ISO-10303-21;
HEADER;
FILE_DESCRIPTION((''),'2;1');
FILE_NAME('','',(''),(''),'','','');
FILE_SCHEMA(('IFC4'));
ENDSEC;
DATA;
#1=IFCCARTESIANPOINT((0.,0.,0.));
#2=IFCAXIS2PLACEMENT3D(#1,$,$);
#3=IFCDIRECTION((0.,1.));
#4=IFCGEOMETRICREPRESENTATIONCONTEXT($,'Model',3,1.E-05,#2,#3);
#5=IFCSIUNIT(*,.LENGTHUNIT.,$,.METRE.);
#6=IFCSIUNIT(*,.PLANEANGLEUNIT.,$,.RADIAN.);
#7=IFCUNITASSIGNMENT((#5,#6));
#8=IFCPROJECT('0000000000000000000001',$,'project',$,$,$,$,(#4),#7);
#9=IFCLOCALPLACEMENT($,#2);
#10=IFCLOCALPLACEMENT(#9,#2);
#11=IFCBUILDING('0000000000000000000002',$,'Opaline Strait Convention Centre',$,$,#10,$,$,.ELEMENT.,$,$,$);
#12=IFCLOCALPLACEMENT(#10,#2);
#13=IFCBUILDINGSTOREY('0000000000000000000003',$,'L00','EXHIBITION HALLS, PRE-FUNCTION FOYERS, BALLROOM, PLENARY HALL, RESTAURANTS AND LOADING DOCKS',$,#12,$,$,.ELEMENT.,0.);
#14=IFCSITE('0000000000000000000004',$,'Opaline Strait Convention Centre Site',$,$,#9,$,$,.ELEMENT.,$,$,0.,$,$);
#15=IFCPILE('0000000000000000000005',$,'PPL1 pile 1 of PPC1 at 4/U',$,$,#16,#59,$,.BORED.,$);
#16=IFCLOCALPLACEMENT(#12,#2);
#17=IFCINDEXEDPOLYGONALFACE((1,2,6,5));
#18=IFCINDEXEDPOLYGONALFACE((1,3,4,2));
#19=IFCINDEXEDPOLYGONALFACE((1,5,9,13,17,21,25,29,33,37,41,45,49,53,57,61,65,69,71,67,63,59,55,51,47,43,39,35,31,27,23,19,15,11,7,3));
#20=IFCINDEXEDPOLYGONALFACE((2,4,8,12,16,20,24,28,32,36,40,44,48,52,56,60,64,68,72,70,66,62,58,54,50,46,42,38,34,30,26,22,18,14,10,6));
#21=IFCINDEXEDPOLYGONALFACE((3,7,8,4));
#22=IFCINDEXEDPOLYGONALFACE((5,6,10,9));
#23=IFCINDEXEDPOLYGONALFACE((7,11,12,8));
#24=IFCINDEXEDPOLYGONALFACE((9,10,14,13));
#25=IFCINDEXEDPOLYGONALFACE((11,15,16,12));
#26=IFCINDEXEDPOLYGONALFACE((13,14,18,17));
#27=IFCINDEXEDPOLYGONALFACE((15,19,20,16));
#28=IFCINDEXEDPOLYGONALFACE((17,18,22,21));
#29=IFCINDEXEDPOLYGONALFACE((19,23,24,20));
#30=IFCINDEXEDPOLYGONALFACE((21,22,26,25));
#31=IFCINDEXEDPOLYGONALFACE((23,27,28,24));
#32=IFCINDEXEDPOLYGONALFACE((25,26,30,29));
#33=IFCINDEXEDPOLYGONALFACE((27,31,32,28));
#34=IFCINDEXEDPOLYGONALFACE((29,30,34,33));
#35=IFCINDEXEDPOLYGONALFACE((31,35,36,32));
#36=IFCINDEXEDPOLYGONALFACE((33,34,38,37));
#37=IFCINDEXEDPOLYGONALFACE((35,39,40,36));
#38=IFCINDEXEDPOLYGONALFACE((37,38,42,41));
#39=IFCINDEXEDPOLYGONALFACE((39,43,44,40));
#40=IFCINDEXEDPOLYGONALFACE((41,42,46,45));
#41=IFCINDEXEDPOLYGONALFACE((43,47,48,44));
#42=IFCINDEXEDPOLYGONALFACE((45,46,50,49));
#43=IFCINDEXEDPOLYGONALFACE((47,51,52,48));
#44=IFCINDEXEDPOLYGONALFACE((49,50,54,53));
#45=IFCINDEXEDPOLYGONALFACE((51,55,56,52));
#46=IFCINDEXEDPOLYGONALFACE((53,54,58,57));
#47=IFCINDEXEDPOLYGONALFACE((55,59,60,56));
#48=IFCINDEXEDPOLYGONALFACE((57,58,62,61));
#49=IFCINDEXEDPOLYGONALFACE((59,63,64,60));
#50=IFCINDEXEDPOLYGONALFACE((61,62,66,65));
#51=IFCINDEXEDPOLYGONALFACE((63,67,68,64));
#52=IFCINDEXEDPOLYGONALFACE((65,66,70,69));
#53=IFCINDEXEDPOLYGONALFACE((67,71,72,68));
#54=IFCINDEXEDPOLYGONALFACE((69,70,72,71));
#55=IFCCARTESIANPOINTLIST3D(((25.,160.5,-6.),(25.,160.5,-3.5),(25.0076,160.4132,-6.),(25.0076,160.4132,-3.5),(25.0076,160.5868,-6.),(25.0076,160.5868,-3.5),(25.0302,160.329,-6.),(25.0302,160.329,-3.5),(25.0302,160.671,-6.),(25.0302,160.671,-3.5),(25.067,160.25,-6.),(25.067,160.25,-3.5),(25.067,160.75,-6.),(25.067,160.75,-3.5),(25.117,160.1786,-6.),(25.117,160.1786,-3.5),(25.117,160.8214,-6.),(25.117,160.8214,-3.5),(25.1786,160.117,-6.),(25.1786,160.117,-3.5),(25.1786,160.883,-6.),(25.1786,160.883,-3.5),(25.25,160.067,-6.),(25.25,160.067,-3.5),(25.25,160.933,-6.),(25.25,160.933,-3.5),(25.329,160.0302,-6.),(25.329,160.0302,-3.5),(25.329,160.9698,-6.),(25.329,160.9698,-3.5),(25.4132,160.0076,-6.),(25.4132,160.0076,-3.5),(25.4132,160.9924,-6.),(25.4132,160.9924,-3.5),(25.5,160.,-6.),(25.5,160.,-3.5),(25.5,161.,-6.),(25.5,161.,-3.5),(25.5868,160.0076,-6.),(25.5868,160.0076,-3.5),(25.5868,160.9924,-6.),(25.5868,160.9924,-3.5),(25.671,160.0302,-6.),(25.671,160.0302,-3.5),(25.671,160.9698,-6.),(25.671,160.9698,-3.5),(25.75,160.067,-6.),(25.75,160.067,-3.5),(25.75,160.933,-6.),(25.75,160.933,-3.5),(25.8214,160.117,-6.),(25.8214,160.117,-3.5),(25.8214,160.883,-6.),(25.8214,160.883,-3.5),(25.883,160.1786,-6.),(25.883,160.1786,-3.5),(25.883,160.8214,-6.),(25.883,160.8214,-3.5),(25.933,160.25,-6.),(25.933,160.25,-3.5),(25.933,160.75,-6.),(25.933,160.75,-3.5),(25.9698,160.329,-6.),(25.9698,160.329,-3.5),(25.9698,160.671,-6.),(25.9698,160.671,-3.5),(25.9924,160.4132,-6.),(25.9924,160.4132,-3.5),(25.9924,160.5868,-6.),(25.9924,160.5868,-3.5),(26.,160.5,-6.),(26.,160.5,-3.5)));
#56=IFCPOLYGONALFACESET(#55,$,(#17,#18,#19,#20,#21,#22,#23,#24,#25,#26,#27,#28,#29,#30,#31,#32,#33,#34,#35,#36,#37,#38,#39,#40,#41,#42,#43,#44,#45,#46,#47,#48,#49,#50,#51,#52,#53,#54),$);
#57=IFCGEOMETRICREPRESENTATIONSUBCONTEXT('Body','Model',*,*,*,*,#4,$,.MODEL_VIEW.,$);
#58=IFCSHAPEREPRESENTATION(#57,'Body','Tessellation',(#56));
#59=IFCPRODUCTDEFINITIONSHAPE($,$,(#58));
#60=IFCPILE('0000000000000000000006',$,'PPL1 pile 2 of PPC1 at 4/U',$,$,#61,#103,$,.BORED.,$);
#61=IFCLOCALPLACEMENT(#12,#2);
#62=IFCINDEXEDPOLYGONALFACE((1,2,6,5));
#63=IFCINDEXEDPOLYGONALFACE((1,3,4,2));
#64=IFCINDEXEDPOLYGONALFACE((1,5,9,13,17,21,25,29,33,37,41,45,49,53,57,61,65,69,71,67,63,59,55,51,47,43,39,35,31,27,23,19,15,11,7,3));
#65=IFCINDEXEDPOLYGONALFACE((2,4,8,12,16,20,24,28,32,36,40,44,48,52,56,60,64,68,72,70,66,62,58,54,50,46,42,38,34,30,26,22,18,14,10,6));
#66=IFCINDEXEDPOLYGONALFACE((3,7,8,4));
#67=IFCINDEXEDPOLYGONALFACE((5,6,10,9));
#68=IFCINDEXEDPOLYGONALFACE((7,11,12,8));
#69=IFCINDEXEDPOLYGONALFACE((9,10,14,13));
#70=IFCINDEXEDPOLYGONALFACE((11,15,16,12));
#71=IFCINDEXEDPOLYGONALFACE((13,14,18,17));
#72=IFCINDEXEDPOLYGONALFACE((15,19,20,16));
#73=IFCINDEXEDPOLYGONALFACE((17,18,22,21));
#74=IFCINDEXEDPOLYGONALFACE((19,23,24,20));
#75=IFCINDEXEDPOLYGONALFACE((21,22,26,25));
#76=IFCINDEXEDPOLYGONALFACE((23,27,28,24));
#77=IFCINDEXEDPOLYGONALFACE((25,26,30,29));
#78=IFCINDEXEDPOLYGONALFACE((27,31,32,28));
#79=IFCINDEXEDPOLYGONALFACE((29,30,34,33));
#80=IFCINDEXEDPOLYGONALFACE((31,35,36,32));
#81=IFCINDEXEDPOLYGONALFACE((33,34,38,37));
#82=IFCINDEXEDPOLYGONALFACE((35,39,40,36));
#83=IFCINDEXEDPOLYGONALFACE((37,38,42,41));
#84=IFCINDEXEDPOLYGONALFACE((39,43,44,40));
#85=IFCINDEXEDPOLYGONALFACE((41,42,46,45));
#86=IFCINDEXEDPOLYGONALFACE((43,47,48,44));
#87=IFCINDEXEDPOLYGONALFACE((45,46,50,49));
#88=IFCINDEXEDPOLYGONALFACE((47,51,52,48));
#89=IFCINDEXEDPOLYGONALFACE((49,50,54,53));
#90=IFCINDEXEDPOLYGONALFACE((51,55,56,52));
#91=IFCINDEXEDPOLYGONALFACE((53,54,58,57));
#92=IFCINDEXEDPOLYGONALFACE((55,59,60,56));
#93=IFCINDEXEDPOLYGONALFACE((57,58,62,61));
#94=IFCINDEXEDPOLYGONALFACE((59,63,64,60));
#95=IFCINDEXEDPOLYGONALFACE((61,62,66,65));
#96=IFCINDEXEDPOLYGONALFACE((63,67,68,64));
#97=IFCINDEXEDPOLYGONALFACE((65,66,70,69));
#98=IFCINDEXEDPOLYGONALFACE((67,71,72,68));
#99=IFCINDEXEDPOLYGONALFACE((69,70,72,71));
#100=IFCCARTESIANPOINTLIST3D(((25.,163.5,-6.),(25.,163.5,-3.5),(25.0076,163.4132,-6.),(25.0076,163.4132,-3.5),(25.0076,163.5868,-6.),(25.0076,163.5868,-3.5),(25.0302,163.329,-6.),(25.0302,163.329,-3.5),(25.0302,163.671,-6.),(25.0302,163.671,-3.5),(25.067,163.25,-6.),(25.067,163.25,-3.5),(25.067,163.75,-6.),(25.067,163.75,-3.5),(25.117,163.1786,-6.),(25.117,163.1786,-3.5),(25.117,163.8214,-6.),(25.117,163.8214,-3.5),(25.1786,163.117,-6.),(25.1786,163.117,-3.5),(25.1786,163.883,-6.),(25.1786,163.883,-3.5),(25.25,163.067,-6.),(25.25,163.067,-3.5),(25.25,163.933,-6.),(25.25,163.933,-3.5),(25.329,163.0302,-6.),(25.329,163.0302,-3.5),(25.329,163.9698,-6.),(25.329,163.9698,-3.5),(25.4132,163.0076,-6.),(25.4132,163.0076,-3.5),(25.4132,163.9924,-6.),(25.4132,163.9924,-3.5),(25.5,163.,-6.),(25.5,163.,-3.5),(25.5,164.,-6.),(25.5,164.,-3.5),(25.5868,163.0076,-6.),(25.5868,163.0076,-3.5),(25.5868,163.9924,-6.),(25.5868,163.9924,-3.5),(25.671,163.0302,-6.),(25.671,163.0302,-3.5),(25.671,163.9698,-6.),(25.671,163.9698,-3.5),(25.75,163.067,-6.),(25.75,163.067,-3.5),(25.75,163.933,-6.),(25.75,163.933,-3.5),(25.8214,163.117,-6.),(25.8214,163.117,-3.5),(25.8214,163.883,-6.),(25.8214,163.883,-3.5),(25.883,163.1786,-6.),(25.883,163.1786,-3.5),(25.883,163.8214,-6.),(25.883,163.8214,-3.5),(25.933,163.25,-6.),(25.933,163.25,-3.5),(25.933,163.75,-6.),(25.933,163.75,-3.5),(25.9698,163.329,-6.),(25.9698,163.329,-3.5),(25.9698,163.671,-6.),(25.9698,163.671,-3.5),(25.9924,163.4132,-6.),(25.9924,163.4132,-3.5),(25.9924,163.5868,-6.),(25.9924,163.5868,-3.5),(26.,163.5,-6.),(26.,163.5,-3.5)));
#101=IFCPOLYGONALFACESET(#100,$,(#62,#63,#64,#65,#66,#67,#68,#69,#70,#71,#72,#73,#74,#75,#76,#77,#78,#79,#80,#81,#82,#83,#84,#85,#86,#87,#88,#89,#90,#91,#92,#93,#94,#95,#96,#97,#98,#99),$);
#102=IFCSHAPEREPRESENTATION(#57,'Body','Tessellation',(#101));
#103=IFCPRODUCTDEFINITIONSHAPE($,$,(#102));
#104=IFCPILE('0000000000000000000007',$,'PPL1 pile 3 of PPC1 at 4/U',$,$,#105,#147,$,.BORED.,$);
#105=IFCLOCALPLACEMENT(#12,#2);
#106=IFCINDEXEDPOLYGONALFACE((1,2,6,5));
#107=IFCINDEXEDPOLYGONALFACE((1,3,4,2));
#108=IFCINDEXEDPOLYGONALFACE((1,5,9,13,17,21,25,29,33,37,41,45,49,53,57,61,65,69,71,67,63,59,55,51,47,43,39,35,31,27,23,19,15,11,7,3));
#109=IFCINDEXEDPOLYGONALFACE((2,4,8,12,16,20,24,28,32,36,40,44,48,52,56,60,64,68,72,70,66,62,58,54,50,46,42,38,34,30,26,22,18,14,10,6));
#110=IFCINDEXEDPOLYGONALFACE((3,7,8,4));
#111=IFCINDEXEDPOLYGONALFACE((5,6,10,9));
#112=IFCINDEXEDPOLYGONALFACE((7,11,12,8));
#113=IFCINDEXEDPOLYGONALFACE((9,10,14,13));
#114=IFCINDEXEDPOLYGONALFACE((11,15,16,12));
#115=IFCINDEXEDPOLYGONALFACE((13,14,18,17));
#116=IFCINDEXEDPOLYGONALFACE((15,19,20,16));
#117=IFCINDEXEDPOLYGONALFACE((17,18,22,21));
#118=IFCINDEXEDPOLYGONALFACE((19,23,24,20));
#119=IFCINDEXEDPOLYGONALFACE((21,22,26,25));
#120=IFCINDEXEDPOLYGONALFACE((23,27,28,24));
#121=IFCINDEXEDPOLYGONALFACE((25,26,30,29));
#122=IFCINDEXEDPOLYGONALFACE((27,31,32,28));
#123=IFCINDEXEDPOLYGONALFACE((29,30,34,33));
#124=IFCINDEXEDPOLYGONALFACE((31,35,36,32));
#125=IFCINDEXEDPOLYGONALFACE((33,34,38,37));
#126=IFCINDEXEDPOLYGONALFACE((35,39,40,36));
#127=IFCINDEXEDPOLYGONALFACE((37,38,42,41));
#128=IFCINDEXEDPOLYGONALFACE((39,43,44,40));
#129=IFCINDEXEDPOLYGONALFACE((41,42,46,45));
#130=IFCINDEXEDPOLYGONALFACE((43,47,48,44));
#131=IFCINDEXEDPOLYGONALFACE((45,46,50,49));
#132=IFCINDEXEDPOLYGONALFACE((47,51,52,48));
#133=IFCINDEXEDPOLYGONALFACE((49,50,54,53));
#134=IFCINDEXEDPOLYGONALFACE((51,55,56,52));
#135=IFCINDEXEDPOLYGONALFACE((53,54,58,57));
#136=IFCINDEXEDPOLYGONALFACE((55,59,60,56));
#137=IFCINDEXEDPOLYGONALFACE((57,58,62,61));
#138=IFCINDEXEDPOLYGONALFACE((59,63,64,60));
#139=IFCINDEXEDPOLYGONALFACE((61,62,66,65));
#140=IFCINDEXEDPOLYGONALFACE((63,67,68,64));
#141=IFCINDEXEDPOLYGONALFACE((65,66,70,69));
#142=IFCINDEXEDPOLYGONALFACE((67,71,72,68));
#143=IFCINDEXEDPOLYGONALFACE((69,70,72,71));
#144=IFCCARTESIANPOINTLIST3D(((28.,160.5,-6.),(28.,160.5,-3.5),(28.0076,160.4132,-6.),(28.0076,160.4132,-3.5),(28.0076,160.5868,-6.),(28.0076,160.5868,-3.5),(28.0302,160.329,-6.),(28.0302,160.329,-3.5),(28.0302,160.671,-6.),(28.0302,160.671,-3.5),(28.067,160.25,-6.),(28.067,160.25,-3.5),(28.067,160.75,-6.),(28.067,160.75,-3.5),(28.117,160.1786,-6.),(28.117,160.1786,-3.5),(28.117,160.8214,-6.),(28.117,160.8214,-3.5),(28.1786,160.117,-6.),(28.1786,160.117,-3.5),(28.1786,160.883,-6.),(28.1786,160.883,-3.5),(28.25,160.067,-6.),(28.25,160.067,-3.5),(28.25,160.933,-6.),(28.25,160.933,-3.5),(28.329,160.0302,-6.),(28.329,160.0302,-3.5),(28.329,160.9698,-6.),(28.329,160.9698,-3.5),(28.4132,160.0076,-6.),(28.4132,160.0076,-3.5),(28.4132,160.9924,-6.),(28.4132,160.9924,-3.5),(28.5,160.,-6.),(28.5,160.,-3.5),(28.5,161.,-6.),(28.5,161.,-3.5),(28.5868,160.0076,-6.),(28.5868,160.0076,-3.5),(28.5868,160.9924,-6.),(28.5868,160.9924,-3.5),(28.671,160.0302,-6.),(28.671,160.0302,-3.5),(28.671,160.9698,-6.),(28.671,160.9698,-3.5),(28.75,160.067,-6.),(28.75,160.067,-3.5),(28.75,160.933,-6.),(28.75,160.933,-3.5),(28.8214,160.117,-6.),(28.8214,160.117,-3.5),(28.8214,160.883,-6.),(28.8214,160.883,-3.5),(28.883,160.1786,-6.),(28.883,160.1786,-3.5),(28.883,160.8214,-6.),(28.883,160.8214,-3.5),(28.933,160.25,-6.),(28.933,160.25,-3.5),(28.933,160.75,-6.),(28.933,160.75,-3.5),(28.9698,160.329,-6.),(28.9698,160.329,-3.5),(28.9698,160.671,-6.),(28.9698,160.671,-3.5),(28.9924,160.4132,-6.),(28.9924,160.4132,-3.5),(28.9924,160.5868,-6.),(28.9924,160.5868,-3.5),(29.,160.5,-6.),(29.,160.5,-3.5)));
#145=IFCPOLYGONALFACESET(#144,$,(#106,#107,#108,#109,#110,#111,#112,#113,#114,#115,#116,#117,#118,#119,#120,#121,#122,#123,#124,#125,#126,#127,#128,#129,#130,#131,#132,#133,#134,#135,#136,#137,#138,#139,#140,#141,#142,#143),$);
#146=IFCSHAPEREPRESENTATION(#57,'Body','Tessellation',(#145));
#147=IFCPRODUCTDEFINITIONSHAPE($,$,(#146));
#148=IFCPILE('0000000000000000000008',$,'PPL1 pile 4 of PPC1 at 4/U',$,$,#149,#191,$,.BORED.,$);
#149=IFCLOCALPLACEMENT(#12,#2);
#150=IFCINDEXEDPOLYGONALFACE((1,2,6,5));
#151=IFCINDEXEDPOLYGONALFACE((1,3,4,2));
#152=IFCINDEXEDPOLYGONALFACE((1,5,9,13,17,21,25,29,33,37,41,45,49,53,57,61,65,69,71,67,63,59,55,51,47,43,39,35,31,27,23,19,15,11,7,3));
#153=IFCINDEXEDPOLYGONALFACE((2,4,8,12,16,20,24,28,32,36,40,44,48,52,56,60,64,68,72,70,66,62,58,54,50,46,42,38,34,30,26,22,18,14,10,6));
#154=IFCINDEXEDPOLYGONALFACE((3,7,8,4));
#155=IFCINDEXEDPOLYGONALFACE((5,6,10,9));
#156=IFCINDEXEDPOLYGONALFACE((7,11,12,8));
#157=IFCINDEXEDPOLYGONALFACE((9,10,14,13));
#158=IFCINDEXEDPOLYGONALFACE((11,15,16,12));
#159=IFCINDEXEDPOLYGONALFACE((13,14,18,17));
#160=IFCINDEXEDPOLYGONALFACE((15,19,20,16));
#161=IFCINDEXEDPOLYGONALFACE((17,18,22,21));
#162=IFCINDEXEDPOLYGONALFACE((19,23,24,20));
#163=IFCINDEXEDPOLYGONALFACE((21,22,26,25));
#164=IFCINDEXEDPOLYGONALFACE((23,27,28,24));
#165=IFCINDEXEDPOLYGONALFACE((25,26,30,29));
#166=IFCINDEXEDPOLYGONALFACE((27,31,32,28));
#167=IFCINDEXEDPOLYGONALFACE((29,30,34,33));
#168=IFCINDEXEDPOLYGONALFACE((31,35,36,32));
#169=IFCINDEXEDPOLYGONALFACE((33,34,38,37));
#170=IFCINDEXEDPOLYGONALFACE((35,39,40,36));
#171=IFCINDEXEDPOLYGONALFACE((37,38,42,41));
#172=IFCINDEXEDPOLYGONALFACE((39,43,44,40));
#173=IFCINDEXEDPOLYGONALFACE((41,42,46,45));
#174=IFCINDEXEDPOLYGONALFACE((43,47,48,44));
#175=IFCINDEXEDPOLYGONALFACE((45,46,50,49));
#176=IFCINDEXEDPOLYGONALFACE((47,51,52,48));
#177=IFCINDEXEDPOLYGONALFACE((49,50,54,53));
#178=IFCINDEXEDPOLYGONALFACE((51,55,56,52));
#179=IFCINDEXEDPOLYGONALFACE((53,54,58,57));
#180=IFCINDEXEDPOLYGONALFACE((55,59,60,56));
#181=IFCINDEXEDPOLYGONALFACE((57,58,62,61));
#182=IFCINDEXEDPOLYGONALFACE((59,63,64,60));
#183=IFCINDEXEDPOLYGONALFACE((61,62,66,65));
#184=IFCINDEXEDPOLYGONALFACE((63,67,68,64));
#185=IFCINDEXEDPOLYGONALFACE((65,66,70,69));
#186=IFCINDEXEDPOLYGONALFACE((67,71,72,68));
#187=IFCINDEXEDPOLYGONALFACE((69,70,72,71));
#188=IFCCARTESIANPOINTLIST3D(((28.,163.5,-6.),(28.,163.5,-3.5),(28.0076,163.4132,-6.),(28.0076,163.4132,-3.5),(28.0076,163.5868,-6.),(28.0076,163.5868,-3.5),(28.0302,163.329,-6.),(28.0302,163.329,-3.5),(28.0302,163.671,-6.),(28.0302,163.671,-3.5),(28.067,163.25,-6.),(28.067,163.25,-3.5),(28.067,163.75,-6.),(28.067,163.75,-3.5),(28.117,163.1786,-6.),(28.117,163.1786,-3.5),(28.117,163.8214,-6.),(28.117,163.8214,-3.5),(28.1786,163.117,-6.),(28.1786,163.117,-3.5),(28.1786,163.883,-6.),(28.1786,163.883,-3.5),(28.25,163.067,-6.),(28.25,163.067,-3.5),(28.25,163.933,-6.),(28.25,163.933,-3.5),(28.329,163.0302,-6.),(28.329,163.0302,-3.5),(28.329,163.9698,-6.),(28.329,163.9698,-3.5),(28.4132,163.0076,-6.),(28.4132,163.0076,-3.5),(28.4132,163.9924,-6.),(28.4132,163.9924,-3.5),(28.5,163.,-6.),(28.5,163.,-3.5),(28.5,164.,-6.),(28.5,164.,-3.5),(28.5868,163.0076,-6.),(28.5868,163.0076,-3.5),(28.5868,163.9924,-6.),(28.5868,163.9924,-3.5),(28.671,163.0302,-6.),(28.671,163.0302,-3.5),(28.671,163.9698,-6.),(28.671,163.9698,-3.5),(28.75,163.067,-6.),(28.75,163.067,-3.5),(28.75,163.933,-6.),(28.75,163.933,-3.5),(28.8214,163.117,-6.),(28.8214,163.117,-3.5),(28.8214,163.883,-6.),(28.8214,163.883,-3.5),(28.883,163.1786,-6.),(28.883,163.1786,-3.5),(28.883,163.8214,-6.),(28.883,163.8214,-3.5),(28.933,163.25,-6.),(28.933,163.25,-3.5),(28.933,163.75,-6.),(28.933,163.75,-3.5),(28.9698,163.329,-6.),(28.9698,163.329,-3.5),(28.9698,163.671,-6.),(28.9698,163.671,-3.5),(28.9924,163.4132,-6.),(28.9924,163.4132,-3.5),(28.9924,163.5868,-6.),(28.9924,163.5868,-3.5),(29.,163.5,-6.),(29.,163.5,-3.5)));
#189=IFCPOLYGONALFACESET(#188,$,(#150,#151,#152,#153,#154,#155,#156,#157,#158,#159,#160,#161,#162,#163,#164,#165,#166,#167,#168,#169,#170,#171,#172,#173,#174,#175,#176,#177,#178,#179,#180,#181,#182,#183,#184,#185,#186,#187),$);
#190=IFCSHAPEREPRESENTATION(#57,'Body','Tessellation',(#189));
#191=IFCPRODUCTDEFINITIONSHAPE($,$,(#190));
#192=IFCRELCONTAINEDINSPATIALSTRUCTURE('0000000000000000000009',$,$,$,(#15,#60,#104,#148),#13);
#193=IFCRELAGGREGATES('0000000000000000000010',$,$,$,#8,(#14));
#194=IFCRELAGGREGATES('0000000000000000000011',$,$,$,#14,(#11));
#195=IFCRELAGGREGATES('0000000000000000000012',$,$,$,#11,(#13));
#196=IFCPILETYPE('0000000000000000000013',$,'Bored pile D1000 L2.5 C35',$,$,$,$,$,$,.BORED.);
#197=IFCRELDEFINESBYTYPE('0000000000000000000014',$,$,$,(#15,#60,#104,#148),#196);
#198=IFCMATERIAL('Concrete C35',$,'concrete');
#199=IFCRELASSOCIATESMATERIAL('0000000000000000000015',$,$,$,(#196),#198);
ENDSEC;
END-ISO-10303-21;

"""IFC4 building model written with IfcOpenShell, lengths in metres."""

from ifc_helpers import new_model, si_unit, direction, frame, origin, origin_2d, place, context, subcontext, project, spatial, circle, extrude, material, material_profile, profile_set, type_object, element, save


model = new_model("IFC4")

# Units and contexts
model_context = context("Model", 3, precision=1e-05, world=origin(), true_north=direction((0.0, 1.0)))
body_context = subcontext(model_context, "Body", "Model", "MODEL_VIEW")
ifc_project = project(units=[si_unit("LENGTHUNIT", "METRE"), si_unit("PLANEANGLEUNIT", "RADIAN")], contexts=[model_context])

# Site, building, storey
site_placement = place(None, origin())
site = spatial("IfcSite", under=ifc_project, at=site_placement, Name="Opaline Strait Convention Centre Site", CompositionType="ELEMENT", RefElevation=0.0)
building_placement = place(site_placement, origin())
building = spatial("IfcBuilding", under=site, at=building_placement, Name="Opaline Strait Convention Centre", CompositionType="ELEMENT")
storey_placement = place(building_placement, origin())
storey = spatial("IfcBuildingStorey", under=building, at=storey_placement, Name="L00", Description="EXHIBITION HALLS, PRE-FUNCTION FOYERS, BALLROOM, PLENARY HALL, RESTAURANTS AND LOADING DOCKS", CompositionType="ELEMENT", Elevation=0.0)

# Piles
ifc_material_1 = material(Name="Concrete C35", Category="concrete")
ifc_material_profile_1 = material_profile(ifc_material_1, circle(Radius=0.5, at=origin_2d()), Name="D1000")
ifc_profile_set_1 = profile_set([ifc_material_profile_1], Name="Concrete C35")
pile_type = type_object("IfcPileType", Name="Bored pile D1000 L2.5 C35", PredefinedType="BORED", material=ifc_profile_set_1)
for number, where, z_axis, x_axis, name in (
    (1, (25.5, 160.5, -3.5), (0.0, 0.0, -1.0), (1.0, 0.0, 0.0), "PPL1 pile 1 of PPC1 at 4/U"),
    (2, (25.5, 163.5, -3.5), (0.0, 0.0, -1.0), (1.0, 0.0, 0.0), "PPL1 pile 2 of PPC1 at 4/U"),
    (3, (28.5, 160.5, -3.5), (0.0, 0.0, -1.0), (1.0, 0.0, 0.0), "PPL1 pile 3 of PPC1 at 4/U"),
    (4, (28.5, 163.5, -3.5), (0.0, 0.0, -1.0), (1.0, 0.0, 0.0), "PPL1 pile 4 of PPC1 at 4/U"),
):
    element("IfcPile", number, at=place(storey_placement, frame(where, z_axis=z_axis, x_axis=x_axis)), inside=storey, type_object=pile_type, Name=name, PredefinedType="BORED", context=body_context, shape_type="SweptSolid", body=[
        extrude(circle(Radius=0.5, at=origin_2d()), origin(), (0.0, 0.0, 1.0), 2.5),
    ])

save(model, "model.ifc")
